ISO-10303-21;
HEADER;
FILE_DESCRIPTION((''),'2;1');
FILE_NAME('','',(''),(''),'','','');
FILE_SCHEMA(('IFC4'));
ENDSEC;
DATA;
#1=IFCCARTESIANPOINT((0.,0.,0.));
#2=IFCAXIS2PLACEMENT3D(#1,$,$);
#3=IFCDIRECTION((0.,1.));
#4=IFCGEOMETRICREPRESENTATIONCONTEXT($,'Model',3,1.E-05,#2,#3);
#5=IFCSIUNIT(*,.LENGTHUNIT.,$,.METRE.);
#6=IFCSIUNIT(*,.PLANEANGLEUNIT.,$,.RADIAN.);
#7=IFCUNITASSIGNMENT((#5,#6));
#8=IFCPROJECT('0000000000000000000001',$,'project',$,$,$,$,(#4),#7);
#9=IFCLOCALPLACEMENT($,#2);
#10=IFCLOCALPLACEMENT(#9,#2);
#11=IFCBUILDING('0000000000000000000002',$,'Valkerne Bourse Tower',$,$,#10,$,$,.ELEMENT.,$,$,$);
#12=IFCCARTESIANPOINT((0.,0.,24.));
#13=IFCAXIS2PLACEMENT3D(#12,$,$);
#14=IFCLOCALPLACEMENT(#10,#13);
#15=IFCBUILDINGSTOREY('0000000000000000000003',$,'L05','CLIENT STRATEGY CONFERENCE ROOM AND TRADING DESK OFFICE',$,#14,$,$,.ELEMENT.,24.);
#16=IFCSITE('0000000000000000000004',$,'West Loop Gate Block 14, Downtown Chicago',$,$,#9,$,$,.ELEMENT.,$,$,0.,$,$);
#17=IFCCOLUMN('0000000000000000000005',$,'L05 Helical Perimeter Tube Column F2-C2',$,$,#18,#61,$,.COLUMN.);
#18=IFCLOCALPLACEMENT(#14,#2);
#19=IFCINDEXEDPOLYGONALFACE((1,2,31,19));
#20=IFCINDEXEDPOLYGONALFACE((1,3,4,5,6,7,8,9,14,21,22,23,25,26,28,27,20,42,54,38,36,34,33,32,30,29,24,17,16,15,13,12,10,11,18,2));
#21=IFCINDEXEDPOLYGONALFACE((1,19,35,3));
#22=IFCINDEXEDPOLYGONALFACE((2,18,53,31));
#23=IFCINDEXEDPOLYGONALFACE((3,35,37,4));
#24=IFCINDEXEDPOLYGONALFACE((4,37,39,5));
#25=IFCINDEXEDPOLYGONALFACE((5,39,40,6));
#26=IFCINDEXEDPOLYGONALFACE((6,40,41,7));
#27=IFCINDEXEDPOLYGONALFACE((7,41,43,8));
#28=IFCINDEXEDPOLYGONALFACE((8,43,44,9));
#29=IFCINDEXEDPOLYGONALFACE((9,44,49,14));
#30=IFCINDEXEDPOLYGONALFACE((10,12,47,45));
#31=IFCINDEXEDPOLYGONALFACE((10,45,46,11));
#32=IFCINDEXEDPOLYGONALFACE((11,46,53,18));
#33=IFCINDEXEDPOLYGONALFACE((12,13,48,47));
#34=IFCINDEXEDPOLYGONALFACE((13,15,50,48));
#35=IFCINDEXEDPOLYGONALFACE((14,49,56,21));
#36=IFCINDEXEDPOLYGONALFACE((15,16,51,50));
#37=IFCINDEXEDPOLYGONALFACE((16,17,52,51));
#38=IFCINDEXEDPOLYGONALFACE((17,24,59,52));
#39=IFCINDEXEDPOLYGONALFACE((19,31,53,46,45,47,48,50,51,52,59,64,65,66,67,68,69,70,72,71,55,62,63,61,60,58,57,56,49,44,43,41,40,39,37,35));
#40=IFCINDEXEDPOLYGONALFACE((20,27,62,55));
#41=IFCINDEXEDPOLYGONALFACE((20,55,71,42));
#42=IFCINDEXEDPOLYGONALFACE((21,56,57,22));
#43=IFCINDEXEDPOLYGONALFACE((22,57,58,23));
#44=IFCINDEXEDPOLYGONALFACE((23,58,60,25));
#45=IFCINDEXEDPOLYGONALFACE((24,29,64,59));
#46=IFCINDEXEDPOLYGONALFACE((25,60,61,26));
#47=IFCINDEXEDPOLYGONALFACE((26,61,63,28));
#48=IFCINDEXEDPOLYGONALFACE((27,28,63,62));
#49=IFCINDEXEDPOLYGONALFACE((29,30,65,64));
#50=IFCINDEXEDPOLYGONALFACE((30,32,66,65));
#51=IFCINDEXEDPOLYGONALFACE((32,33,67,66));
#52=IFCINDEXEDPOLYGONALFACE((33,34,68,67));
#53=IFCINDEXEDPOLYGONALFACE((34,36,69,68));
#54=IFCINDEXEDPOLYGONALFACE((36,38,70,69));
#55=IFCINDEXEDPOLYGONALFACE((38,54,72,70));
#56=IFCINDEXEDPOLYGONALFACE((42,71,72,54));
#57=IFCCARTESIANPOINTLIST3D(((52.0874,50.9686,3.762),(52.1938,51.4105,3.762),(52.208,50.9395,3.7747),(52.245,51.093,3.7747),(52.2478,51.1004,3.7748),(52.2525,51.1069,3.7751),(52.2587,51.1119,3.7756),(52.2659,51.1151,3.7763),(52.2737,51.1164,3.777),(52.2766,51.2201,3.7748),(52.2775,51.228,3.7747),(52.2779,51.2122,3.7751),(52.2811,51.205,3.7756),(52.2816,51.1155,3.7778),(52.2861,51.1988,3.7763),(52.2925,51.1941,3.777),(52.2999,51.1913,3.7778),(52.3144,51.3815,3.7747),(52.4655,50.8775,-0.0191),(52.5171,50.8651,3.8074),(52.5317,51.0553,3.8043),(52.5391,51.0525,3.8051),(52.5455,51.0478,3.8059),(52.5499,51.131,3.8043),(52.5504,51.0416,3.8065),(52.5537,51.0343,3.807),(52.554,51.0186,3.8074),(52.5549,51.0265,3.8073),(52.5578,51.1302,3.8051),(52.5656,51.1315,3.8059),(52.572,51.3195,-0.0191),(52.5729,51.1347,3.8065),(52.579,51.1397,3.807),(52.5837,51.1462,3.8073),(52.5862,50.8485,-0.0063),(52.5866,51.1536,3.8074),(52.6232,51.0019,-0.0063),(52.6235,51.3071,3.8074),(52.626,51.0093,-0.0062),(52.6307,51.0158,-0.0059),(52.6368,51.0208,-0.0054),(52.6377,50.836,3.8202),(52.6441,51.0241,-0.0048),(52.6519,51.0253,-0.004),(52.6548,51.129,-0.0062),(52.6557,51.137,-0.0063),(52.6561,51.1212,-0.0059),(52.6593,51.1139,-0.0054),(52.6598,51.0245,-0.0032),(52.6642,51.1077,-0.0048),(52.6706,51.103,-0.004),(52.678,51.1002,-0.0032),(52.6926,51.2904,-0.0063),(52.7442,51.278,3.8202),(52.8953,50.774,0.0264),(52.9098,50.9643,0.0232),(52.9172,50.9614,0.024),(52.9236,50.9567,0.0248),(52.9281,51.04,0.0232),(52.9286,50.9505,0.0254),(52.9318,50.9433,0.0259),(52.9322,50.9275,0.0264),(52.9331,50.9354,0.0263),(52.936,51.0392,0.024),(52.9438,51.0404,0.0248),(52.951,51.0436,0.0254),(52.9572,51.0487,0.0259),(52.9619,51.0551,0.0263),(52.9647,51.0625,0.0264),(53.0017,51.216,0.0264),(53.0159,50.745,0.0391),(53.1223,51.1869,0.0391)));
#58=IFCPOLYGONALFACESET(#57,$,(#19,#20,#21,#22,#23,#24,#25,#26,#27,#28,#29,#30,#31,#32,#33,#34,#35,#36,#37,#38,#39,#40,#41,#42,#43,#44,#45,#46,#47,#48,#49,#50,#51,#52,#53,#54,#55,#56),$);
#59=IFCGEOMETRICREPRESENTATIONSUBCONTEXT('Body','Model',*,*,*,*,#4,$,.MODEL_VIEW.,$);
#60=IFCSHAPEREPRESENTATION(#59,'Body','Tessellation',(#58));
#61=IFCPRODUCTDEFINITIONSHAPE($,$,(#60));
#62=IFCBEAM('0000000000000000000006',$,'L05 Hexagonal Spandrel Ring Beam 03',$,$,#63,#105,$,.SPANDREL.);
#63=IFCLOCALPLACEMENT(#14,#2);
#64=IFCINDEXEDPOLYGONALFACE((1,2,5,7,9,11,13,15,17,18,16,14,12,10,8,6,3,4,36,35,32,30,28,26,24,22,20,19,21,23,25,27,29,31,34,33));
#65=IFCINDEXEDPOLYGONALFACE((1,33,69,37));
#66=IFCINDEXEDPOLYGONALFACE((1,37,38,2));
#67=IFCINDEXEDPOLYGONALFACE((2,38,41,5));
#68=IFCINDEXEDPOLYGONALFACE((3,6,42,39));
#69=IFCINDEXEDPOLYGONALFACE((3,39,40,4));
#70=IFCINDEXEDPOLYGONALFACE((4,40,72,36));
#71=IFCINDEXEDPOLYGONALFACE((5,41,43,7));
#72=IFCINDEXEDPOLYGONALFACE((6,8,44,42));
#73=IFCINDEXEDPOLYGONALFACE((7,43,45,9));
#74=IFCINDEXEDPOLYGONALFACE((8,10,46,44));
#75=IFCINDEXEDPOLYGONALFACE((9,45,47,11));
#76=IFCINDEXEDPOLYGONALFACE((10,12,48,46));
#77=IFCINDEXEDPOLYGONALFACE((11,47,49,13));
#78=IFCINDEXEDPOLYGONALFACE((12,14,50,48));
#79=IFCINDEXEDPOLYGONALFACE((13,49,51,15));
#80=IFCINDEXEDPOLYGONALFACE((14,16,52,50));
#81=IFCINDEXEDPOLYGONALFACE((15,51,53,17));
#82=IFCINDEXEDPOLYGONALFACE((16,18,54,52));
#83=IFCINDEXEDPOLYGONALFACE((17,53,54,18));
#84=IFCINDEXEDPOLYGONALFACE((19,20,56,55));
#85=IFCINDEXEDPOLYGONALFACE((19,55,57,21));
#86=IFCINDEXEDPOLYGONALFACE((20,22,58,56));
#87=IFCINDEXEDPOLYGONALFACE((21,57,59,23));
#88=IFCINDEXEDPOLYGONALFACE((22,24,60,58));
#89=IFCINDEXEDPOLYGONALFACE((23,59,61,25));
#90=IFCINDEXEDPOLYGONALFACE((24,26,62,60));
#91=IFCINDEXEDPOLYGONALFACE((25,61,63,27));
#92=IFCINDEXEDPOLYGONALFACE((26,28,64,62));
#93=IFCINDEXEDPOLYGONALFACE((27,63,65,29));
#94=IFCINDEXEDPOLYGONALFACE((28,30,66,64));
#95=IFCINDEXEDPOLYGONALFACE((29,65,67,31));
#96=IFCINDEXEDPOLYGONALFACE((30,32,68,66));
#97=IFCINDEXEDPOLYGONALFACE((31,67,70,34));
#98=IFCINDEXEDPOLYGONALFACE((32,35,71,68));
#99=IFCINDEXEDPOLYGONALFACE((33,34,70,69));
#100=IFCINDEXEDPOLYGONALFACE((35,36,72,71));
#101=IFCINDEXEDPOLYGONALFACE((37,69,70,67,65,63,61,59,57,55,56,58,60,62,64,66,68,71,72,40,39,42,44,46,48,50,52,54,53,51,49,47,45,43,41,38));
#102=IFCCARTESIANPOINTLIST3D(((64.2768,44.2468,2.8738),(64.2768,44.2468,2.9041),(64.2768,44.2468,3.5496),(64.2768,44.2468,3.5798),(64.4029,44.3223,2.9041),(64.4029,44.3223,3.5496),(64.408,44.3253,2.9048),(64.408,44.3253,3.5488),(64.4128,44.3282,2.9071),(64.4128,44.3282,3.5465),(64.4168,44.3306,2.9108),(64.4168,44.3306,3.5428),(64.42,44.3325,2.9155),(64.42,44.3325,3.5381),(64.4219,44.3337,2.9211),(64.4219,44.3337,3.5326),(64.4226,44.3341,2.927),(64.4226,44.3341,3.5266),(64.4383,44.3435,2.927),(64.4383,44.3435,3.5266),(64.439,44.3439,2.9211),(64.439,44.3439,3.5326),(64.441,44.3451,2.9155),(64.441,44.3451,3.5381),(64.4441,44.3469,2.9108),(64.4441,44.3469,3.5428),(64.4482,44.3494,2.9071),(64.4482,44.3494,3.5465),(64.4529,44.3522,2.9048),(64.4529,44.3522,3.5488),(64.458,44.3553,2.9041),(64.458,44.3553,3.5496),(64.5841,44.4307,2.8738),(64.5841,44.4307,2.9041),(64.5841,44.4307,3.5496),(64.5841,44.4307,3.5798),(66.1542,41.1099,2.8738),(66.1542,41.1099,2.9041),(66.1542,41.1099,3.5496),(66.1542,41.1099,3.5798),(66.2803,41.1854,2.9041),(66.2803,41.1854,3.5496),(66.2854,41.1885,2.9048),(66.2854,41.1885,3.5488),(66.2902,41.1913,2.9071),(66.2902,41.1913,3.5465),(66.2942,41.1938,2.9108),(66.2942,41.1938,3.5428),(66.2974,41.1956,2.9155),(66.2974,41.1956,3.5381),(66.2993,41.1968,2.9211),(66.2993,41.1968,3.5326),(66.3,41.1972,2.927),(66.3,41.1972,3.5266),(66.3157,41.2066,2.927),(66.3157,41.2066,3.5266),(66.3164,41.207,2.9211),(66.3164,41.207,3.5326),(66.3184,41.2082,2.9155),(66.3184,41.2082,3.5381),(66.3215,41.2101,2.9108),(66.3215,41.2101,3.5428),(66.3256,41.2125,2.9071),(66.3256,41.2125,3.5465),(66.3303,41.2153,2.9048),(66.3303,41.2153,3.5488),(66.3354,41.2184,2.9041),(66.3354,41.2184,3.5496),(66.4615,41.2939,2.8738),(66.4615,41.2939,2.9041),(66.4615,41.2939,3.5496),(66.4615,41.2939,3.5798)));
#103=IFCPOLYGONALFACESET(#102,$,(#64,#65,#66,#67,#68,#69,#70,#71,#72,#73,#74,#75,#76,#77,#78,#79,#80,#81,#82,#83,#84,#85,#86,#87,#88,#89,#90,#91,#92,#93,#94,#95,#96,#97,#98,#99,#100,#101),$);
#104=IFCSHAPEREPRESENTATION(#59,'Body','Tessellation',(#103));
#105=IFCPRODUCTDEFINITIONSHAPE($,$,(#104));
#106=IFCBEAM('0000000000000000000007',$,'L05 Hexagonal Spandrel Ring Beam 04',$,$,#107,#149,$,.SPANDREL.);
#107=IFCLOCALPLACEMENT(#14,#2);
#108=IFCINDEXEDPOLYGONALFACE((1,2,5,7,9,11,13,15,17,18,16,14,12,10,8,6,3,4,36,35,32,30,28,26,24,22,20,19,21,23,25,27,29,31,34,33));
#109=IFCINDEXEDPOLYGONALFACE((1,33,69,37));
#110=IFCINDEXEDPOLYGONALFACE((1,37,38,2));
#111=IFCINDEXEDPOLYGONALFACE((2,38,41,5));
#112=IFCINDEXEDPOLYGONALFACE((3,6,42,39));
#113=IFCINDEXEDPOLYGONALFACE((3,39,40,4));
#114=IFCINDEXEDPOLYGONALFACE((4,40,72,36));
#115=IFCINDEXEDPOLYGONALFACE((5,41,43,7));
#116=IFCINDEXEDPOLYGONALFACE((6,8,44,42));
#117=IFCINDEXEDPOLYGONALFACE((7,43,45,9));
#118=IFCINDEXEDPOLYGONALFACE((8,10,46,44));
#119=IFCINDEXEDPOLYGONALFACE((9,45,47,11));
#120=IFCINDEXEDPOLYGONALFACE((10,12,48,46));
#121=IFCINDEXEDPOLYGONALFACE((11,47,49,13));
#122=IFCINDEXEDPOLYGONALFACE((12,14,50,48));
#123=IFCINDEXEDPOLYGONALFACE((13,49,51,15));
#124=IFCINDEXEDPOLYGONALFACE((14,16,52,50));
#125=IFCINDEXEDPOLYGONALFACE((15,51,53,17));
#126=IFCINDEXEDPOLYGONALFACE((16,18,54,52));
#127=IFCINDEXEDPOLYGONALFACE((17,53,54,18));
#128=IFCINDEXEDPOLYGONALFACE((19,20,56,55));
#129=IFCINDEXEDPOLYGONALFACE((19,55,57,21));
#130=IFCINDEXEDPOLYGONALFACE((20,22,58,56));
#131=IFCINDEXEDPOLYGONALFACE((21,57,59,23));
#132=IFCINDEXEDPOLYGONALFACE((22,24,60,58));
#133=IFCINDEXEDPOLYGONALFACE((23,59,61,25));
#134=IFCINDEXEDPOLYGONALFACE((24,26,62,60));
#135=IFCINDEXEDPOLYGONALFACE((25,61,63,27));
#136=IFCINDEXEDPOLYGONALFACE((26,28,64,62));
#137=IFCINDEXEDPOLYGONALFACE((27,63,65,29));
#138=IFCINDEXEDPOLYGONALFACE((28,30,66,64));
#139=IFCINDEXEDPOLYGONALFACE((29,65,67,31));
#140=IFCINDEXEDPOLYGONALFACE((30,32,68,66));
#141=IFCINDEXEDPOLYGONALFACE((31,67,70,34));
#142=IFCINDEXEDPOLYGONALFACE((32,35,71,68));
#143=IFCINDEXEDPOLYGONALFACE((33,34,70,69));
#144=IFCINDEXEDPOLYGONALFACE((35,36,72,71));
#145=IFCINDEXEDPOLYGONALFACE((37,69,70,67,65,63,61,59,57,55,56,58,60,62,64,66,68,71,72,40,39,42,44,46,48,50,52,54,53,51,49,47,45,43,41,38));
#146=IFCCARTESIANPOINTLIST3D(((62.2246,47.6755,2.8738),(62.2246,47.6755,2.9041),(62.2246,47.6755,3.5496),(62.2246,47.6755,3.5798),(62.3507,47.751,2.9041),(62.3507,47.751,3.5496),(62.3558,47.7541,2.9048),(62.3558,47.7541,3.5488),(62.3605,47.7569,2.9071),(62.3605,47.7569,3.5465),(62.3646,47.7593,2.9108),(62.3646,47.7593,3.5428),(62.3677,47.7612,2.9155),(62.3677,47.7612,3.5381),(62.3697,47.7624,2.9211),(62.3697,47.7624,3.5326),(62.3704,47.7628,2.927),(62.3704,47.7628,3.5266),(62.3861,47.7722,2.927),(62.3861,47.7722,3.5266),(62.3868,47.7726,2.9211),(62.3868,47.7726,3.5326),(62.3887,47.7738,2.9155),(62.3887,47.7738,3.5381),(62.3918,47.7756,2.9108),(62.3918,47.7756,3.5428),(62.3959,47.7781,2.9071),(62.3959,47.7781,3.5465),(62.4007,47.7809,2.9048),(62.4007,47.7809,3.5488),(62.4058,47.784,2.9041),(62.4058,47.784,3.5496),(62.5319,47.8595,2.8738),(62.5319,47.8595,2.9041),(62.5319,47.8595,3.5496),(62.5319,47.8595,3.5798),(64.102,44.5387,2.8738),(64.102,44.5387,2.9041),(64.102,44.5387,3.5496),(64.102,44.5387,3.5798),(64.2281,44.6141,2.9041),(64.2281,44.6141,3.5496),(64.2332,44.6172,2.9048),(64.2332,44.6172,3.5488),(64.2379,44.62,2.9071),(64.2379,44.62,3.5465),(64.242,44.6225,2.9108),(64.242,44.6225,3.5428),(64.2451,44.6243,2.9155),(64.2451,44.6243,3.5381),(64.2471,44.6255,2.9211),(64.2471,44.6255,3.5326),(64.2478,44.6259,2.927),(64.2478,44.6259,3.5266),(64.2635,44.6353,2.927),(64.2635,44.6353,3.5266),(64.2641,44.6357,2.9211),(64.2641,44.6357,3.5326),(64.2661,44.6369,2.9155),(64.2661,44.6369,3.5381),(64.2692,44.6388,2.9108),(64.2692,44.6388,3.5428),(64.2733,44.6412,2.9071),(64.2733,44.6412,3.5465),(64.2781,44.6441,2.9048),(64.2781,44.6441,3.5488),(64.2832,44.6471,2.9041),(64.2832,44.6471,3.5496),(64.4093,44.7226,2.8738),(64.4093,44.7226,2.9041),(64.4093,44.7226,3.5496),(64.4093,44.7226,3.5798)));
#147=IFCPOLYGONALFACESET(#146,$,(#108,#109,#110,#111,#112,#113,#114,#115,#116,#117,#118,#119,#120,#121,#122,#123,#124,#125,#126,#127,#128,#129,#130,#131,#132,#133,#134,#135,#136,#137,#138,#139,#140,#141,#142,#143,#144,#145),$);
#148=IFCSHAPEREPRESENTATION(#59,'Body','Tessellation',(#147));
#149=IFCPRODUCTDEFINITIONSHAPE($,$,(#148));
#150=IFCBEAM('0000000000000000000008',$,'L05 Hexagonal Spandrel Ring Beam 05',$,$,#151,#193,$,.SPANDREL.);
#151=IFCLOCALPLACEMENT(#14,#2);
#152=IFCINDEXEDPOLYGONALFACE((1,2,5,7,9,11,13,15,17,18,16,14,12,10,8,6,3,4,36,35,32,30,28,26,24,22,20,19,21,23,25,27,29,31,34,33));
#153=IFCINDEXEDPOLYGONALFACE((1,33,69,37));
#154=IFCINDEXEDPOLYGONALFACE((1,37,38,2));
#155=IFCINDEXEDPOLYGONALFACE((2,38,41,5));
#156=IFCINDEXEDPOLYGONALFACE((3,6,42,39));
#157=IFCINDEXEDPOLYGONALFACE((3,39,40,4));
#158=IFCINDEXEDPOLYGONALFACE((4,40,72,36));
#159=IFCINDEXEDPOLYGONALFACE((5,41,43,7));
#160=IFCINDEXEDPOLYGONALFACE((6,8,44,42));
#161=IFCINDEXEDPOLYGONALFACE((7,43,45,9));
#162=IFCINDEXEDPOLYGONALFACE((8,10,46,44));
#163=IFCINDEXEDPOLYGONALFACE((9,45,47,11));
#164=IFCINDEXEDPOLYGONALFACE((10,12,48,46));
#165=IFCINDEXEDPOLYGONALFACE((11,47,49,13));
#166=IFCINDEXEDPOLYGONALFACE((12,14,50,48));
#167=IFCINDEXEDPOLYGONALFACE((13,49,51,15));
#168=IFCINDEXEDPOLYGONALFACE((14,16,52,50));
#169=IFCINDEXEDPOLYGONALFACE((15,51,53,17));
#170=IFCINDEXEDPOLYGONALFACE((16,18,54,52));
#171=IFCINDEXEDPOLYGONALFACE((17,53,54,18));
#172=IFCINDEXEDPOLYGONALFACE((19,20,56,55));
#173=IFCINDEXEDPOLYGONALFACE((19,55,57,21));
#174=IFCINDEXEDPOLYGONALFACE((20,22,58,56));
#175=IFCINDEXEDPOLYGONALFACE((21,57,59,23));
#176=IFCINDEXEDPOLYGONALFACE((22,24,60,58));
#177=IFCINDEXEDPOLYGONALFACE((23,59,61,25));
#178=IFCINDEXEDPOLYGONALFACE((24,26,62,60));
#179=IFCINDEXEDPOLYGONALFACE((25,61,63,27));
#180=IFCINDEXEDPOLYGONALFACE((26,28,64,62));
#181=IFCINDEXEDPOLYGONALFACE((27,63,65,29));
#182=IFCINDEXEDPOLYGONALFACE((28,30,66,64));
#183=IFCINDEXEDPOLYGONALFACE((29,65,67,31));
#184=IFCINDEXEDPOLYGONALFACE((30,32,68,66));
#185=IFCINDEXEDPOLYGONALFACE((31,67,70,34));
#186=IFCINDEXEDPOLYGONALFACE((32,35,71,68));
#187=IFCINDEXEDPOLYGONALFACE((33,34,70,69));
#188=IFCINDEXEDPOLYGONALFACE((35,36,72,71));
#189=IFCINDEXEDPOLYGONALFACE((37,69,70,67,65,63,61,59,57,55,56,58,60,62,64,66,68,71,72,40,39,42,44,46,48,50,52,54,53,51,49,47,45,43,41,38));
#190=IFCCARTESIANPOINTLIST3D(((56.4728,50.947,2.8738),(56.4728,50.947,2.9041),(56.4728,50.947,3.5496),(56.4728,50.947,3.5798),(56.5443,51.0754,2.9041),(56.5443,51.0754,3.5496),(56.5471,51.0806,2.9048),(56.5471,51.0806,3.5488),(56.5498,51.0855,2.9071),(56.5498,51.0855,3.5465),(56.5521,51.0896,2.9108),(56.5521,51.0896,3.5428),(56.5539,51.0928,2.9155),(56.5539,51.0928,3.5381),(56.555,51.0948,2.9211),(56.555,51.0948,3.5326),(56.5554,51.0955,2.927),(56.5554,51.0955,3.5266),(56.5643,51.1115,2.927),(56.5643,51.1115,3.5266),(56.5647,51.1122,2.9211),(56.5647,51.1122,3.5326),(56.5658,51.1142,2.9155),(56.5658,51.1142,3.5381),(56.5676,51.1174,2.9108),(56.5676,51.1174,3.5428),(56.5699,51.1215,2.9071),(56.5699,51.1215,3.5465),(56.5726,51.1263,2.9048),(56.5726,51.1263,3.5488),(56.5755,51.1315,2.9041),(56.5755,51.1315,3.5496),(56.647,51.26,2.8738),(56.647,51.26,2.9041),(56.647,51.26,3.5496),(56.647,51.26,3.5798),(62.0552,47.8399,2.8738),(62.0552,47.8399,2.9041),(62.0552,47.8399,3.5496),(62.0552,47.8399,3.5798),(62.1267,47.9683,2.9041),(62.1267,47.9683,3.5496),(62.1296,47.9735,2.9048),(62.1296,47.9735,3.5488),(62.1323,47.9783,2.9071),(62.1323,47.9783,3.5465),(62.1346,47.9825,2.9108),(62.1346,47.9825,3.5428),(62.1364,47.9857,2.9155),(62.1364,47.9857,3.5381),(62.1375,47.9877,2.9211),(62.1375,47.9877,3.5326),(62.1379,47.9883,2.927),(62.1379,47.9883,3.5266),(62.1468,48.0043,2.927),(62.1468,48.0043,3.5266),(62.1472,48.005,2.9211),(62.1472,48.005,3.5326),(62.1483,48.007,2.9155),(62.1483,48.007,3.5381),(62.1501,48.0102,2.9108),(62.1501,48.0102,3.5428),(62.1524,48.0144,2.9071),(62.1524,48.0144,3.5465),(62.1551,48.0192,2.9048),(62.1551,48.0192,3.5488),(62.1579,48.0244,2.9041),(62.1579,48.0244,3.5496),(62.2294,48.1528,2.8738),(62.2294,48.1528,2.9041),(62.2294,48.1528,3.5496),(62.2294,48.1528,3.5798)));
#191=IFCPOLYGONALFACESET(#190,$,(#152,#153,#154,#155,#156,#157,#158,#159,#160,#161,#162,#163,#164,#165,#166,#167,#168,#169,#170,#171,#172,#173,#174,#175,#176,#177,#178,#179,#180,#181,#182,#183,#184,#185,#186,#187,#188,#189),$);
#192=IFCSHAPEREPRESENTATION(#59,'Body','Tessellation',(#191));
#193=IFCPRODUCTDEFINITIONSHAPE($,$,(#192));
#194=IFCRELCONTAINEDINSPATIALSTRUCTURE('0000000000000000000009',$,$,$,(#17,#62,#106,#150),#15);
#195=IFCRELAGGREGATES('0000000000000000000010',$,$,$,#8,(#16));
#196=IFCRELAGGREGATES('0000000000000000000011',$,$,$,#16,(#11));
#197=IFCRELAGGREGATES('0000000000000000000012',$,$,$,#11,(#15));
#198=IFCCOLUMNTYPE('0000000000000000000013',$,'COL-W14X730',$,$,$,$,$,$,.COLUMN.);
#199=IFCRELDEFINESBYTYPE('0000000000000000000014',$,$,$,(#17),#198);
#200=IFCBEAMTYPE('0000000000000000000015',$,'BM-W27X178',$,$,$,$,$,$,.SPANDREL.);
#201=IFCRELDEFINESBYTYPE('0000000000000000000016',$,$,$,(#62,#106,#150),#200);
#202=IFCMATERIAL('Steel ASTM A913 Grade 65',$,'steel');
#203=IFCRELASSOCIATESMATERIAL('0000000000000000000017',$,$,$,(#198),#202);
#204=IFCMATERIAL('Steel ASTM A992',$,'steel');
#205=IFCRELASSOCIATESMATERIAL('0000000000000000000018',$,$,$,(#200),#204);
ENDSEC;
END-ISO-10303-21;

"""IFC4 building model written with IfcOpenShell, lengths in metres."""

from ifc_helpers import new_model, si_unit, direction, frame, origin, origin_2d, place, context, subcontext, project, spatial, i_section, extrude, material, material_profile, profile_set, type_object, element, save


model = new_model("IFC4")

# Units and contexts
model_context = context("Model", 3, precision=1e-05, world=origin(), true_north=direction((0.0, 1.0)))
body_context = subcontext(model_context, "Body", "Model", "MODEL_VIEW")
ifc_project = project(units=[si_unit("LENGTHUNIT", "METRE"), si_unit("PLANEANGLEUNIT", "RADIAN")], contexts=[model_context])

# Site, building, storey
site_placement = place(None, origin())
site = spatial("IfcSite", under=ifc_project, at=site_placement, Name="West Loop Gate Block 14, Downtown Chicago", CompositionType="ELEMENT", RefElevation=0.0)
building_placement = place(site_placement, origin())
building = spatial("IfcBuilding", under=site, at=building_placement, Name="Valkerne Bourse Tower", CompositionType="ELEMENT")
storey_placement = place(building_placement, frame((0.0, 0.0, 24.0)))
storey = spatial("IfcBuildingStorey", under=building, at=storey_placement, Name="L05", Description="CLIENT STRATEGY CONFERENCE ROOM AND TRADING DESK OFFICE", CompositionType="ELEMENT", Elevation=24.0)

# Column
ifc_material_1 = material(Name="Steel ASTM A913 Grade 65", Category="steel")
ifc_material_profile_1 = material_profile(ifc_material_1, i_section(OverallWidth=0.4546, OverallDepth=0.5691, WebThickness=0.0779, FlangeThickness=0.1248, FilletRadius=0.0305, at=origin_2d()), Name="W14X730")
ifc_profile_set_1 = profile_set([ifc_material_profile_1], Name="Steel ASTM A913 Grade 65")
column_type = type_object("IfcColumnType", Name="COL-W14X730", PredefinedType="COLUMN", material=ifc_profile_set_1)
column_1_placement = place(storey_placement, frame((52.7939, 51.0322, 0.01), z_axis=(-0.099494, 0.023958, 0.99475), x_axis=(0.234109, 0.97221, 0.0)))
element("IfcColumn", 1, at=column_1_placement, inside=storey, type_object=column_type, Name="L05 Helical Perimeter Tube Column F2-C2", PredefinedType="COLUMN", context=body_context, shape_type="SweptSolid", body=[
    extrude(i_section(OverallWidth=0.4546, OverallDepth=0.5691, WebThickness=0.0779, FlangeThickness=0.1248, FilletRadius=0.0305, at=origin_2d()), origin(), (0.0, 0.0, 1.0), 3.801),
])

# Beams
ifc_material_2 = material(Name="Steel ASTM A992", Category="steel")
ifc_material_profile_2 = material_profile(ifc_material_2, i_section(OverallWidth=0.3582, OverallDepth=0.7061, WebThickness=0.0183, FlangeThickness=0.0303, FilletRadius=0.0229, at=origin_2d()), Name="W27X178")
ifc_profile_set_2 = profile_set([ifc_material_profile_2], Name="Steel ASTM A992")
beam_type = type_object("IfcBeamType", Name="BM-W27X178", PredefinedType="SPANDREL", material=ifc_profile_set_2)
for number, where, z_axis, x_axis, name in (
    (2, (66.3079, 41.2019, 3.2268), (-0.513543, 0.858064, 0.0), (-0.858064, -0.513543, 0.0), "L05 Hexagonal Spandrel Ring Beam 03"),
    (3, (64.2556, 44.6306, 3.2268), (-0.513543, 0.858064, 0.0), (-0.858064, -0.513543, 0.0), "L05 Hexagonal Spandrel Ring Beam 04"),
):
    element("IfcBeam", number, at=place(storey_placement, frame(where, z_axis=z_axis, x_axis=x_axis)), inside=storey, type_object=beam_type, Name=name, PredefinedType="SPANDREL", context=body_context, shape_type="SweptSolid", body=[
        extrude(i_section(OverallWidth=0.3582, OverallDepth=0.7061, WebThickness=0.0183, FlangeThickness=0.0303, FilletRadius=0.0229, at=origin_2d()), origin(), (0.0, 0.0, 1.0), 3.6558),
    ])
beam_placement = place(storey_placement, frame((62.1423, 47.9963, 3.2268), z_axis=(-0.873773, 0.486334, 0.0), x_axis=(-0.486334, -0.873773, 0.0)))
element("IfcBeam", 4, at=beam_placement, inside=storey, type_object=beam_type, Name="L05 Hexagonal Spandrel Ring Beam 05", PredefinedType="SPANDREL", context=body_context, shape_type="SweptSolid", body=[
    extrude(i_section(OverallWidth=0.3582, OverallDepth=0.7061, WebThickness=0.0183, FlangeThickness=0.0303, FilletRadius=0.0229, at=origin_2d()), origin(), (0.0, 0.0, 1.0), 6.3889),
])

save(model, "model.ifc")
